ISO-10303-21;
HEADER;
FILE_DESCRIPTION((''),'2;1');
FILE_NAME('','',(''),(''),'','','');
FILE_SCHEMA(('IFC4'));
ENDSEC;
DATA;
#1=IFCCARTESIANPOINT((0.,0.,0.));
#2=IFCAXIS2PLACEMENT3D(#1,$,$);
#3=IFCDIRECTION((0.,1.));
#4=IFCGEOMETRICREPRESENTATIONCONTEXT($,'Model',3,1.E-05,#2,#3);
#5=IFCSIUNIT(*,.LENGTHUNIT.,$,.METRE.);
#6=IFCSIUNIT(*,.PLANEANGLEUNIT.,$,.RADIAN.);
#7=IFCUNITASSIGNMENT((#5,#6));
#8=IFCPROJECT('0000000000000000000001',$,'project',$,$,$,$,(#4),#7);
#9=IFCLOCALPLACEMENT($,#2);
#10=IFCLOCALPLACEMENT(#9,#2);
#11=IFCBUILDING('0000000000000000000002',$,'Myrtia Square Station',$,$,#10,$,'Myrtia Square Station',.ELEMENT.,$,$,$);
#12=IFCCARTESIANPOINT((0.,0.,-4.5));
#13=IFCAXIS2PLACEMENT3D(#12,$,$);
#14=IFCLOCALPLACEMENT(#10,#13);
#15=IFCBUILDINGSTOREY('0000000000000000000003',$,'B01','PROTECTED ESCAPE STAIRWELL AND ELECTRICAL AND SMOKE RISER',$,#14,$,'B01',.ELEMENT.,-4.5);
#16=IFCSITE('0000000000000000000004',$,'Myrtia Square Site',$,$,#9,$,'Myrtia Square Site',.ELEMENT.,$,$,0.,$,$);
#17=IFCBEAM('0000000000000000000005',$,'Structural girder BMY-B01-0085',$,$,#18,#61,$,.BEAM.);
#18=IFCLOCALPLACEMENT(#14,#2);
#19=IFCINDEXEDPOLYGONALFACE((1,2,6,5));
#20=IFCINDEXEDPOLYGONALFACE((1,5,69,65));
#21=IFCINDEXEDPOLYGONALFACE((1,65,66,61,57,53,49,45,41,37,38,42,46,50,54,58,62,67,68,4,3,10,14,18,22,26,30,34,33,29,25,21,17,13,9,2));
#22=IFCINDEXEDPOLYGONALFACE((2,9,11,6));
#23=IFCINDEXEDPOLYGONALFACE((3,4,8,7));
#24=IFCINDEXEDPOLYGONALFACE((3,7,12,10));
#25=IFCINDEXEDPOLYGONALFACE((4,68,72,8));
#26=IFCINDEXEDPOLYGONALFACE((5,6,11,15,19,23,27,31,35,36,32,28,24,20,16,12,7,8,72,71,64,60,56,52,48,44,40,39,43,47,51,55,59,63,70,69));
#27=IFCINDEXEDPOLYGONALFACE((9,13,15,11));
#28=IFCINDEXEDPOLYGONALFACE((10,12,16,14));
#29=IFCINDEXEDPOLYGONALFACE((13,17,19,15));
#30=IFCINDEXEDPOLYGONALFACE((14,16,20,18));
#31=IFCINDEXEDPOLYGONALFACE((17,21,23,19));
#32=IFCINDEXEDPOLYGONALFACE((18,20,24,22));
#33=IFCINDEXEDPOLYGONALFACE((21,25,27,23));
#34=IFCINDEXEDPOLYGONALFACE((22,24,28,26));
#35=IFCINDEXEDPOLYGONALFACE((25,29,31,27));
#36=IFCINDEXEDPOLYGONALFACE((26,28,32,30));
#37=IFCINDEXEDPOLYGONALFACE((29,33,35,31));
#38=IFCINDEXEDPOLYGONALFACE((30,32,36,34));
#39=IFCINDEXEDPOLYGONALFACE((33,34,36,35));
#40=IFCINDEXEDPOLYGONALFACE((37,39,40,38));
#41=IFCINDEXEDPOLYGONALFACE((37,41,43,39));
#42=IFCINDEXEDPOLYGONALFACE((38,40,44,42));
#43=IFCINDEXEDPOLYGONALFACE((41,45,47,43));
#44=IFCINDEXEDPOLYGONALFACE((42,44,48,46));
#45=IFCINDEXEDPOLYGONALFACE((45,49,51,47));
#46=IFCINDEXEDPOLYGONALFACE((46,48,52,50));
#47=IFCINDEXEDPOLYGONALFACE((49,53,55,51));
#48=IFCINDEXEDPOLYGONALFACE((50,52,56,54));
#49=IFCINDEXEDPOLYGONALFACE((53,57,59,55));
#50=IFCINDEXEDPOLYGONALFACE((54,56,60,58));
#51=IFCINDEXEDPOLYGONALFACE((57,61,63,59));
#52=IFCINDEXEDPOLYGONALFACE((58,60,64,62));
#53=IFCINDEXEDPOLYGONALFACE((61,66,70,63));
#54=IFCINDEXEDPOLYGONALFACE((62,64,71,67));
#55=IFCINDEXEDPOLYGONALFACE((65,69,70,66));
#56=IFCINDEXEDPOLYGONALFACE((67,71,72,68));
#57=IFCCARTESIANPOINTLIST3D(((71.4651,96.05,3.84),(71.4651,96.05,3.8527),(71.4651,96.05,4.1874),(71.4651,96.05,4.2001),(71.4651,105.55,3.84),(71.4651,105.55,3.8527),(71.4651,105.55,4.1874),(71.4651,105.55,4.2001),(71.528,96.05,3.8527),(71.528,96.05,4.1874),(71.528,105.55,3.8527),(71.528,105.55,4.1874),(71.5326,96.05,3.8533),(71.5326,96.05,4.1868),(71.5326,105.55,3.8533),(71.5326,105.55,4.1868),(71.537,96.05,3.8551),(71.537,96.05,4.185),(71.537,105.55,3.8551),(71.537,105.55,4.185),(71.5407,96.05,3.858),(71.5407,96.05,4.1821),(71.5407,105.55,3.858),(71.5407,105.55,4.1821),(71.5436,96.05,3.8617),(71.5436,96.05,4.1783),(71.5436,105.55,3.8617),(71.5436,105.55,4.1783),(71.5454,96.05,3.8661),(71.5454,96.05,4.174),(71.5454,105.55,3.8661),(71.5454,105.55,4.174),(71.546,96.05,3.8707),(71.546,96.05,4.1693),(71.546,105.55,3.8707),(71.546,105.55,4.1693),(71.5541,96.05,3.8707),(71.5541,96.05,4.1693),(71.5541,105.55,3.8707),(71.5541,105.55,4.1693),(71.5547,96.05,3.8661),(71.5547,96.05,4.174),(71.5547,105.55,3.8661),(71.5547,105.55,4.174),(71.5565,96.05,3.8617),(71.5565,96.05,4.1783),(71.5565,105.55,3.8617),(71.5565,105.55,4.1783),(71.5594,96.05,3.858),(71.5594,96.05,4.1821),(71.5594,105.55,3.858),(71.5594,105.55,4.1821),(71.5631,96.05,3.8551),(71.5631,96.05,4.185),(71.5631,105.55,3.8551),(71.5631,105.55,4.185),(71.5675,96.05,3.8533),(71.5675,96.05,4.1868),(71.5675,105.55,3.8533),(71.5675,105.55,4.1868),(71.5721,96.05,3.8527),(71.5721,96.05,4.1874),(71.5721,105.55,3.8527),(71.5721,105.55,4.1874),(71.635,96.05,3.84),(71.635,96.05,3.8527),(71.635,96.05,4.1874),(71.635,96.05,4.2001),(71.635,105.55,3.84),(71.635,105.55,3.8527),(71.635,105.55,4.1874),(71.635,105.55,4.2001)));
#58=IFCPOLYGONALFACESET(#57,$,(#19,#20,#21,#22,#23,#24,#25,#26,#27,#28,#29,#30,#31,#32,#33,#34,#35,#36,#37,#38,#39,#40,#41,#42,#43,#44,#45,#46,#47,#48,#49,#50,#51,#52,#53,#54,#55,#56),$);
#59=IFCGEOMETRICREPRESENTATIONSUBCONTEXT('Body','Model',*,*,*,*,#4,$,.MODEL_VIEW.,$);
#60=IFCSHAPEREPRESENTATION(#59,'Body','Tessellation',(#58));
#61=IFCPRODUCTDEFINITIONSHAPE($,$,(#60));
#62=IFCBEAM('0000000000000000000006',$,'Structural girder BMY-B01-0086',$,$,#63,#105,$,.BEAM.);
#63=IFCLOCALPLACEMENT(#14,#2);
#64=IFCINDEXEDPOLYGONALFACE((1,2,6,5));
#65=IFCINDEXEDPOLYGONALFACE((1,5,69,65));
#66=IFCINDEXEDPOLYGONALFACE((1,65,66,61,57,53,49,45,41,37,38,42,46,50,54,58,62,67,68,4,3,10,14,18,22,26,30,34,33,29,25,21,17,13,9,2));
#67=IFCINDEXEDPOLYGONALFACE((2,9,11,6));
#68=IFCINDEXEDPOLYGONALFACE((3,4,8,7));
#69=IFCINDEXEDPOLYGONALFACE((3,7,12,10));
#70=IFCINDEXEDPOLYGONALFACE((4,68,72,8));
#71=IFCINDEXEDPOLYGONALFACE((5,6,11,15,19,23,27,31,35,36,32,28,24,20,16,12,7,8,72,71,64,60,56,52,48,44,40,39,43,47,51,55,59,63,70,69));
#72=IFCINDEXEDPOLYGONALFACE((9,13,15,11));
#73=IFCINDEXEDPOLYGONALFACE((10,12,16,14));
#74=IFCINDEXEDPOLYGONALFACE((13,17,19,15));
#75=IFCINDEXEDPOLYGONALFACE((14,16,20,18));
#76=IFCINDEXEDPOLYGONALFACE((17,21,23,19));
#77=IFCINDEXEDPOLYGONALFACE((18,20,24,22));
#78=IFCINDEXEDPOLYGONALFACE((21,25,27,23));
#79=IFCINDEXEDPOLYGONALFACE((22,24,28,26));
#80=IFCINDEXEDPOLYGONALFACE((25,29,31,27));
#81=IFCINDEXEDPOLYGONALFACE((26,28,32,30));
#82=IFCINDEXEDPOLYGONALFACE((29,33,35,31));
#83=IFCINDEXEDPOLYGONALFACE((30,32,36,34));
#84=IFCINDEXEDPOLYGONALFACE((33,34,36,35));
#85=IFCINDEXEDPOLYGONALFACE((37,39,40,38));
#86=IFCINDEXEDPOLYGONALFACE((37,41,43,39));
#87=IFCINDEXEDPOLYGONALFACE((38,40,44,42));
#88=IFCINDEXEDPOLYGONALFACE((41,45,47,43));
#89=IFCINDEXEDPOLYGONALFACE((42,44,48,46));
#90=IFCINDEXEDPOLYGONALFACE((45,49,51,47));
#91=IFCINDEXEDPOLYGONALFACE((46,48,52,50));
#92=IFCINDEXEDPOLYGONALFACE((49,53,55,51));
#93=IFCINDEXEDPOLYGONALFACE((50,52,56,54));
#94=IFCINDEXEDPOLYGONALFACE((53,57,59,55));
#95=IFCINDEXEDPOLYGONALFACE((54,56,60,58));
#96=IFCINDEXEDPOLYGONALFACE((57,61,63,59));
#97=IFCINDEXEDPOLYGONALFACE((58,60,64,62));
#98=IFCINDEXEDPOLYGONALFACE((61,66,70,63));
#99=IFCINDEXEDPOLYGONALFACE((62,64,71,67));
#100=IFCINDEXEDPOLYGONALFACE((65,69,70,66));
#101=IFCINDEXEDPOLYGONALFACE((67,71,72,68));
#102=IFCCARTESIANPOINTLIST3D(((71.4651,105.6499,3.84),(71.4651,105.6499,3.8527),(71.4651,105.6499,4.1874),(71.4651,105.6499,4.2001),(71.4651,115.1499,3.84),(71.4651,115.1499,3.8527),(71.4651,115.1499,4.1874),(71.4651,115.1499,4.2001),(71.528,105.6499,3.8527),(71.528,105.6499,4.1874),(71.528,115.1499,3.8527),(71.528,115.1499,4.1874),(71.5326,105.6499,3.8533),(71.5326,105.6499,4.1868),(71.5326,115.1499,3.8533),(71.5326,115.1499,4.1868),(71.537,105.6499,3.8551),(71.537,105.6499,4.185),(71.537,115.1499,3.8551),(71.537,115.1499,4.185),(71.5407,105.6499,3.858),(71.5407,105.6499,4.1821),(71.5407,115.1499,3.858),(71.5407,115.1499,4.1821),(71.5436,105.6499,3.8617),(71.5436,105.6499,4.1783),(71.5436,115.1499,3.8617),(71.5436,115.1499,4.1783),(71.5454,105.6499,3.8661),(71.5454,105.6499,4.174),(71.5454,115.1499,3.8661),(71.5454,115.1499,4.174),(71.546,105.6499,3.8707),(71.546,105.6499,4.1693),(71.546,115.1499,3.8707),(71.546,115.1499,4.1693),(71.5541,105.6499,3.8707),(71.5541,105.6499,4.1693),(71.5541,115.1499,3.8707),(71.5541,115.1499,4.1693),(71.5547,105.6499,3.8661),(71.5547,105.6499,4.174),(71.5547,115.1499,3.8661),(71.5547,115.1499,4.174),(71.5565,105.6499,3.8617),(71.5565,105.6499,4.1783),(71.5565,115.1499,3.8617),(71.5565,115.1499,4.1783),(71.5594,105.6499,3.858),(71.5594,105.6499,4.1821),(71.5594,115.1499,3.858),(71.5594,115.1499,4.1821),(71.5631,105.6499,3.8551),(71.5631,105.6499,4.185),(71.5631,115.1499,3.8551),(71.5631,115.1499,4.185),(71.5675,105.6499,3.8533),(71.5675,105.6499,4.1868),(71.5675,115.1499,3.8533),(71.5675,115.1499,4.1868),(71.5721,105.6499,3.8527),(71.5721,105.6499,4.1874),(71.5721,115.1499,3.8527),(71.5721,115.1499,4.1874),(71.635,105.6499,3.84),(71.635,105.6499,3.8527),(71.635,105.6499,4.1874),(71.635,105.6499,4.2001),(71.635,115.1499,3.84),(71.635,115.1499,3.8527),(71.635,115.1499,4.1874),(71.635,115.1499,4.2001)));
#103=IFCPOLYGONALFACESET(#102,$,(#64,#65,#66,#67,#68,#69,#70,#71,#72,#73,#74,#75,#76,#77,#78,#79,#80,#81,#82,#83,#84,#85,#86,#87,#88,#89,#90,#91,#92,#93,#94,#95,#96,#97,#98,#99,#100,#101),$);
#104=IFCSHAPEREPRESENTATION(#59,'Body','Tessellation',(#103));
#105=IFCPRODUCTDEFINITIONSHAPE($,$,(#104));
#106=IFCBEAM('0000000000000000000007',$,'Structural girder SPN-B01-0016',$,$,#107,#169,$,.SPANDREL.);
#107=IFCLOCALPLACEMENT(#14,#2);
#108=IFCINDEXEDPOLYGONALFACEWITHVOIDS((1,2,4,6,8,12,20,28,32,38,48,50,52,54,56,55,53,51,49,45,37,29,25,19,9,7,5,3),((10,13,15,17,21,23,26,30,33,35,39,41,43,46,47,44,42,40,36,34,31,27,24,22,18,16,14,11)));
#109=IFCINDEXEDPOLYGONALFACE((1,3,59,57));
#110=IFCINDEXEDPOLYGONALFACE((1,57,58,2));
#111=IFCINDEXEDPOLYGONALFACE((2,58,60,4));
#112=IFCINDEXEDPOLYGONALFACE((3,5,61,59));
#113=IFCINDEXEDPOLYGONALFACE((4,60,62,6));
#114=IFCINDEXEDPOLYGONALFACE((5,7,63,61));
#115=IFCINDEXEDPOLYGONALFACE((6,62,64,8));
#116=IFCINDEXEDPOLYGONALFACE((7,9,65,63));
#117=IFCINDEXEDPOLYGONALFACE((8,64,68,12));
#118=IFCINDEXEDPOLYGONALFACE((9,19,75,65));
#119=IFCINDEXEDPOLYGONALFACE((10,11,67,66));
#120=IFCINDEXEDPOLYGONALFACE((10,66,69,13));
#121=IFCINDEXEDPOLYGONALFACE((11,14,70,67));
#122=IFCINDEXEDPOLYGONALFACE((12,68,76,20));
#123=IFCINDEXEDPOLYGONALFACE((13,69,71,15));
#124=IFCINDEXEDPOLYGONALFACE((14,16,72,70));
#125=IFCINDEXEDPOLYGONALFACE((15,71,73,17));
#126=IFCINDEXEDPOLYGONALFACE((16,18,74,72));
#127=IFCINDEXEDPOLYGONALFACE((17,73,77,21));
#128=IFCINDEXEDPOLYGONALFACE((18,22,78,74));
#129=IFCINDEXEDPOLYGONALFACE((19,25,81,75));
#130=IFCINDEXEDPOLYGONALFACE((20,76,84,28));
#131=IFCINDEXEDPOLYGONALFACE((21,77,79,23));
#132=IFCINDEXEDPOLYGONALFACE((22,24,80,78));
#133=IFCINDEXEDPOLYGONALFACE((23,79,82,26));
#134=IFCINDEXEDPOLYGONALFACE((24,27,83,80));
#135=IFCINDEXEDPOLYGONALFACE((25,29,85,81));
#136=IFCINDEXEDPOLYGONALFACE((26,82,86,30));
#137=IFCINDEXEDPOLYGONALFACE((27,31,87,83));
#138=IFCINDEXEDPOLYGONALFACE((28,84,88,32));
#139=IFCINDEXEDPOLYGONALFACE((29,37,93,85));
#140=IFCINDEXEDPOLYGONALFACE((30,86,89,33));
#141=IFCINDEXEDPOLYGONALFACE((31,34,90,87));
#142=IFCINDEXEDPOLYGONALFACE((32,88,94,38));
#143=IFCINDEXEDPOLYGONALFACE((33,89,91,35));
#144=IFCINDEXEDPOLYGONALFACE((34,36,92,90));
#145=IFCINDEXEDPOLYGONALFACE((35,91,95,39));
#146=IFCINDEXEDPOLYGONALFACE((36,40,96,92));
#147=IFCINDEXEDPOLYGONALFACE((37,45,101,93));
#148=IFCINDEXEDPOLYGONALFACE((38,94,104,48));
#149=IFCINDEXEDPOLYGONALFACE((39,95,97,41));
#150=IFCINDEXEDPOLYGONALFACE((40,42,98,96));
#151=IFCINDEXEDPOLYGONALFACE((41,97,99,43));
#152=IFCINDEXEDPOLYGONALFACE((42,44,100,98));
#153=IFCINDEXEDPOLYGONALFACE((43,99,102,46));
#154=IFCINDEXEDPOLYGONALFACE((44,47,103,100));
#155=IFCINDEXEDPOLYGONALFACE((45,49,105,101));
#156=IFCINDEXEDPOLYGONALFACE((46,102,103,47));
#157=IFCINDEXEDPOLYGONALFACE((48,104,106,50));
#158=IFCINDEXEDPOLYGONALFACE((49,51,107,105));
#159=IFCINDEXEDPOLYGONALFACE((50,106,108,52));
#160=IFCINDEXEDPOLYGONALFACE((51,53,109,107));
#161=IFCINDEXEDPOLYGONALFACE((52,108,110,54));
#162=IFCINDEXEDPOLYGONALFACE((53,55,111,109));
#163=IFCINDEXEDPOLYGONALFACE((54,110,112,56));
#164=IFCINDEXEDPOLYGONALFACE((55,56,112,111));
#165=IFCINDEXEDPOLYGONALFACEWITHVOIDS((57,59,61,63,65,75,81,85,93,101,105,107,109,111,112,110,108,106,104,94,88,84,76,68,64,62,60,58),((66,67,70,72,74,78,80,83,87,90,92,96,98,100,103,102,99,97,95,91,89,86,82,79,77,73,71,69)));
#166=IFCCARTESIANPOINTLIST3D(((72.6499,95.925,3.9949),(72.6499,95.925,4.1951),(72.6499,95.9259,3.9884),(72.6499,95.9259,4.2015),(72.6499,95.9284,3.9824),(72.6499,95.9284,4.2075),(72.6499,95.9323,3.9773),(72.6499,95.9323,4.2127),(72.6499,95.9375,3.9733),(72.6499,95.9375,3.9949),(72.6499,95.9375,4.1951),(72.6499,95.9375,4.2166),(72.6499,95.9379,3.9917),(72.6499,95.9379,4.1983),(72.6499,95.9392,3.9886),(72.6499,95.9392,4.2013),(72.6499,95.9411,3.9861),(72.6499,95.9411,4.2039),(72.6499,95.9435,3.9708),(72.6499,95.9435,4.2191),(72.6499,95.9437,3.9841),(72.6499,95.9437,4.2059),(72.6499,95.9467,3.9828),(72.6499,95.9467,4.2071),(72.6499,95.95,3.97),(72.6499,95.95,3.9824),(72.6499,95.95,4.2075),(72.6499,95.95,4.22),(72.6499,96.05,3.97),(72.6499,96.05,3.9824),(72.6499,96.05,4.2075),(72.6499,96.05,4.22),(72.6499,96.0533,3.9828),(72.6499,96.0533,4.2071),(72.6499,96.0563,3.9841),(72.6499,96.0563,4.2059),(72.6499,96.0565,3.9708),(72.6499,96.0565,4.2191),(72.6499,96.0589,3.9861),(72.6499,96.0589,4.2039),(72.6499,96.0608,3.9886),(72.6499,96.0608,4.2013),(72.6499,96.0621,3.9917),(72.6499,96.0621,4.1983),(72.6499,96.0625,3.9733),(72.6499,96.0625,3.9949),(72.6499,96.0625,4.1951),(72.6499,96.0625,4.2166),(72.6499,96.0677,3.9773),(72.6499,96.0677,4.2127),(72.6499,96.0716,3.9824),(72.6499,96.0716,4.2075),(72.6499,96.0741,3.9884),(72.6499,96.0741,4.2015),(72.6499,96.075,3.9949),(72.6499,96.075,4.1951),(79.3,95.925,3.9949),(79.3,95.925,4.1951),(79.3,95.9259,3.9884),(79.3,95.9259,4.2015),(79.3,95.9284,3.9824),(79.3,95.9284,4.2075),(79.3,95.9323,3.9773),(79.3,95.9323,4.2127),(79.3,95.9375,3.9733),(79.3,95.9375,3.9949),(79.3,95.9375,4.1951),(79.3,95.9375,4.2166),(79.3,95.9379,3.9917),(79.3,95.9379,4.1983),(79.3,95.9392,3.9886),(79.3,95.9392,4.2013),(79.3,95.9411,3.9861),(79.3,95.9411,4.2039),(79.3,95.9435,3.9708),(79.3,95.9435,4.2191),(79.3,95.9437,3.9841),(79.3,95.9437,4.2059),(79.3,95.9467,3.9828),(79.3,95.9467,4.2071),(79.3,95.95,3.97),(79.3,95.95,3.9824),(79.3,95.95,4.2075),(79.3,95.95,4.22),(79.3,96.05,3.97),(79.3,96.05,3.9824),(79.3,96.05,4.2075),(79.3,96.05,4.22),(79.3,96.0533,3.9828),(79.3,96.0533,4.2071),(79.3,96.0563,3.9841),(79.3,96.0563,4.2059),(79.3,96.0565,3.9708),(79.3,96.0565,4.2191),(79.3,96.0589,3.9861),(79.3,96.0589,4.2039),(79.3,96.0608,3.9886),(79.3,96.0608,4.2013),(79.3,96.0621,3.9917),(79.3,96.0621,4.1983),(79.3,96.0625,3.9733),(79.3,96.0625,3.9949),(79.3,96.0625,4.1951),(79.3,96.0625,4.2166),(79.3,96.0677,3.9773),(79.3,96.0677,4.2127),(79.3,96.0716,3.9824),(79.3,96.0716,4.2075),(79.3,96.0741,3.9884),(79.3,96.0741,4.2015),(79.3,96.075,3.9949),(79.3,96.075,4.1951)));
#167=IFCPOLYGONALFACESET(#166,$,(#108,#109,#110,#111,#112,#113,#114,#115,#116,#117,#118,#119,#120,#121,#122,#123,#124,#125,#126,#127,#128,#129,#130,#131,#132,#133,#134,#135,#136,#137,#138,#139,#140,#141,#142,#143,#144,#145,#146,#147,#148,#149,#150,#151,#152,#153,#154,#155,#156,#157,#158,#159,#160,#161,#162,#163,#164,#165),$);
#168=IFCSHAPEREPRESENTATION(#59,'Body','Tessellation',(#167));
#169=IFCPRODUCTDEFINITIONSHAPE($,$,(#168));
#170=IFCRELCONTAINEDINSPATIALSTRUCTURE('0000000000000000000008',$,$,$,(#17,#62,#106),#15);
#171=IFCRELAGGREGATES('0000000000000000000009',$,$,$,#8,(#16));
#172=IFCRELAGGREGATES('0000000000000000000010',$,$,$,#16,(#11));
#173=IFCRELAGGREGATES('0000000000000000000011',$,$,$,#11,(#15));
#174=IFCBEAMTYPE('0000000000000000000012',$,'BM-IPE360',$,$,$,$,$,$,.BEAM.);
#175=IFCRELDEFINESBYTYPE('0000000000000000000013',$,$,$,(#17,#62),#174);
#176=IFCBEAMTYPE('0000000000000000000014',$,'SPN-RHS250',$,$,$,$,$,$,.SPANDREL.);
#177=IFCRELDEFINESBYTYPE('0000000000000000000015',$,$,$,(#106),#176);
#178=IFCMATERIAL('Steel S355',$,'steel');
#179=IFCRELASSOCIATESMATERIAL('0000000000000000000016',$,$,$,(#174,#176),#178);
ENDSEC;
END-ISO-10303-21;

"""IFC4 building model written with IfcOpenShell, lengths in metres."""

from ifc_helpers import new_model, si_unit, direction, frame, origin, origin_2d, place, context, subcontext, project, spatial, hollow_rectangle, i_section, extrude, material, material_profile, profile_set, type_object, element, save


model = new_model("IFC4")

# Units and contexts
model_context = context("Model", 3, precision=1e-05, world=origin(), true_north=direction((0.0, 1.0)))
body_context = subcontext(model_context, "Body", "Model", "MODEL_VIEW")
ifc_project = project(units=[si_unit("LENGTHUNIT", "METRE"), si_unit("PLANEANGLEUNIT", "RADIAN")], contexts=[model_context])

# Site, building, storey
site_placement = place(None, origin())
site = spatial("IfcSite", under=ifc_project, at=site_placement, Name="Myrtia Square Site", LongName="Myrtia Square Site", CompositionType="ELEMENT", RefElevation=0.0)
building_placement = place(site_placement, origin())
building = spatial("IfcBuilding", under=site, at=building_placement, Name="Myrtia Square Station", LongName="Myrtia Square Station", CompositionType="ELEMENT")
storey_placement = place(building_placement, frame((0.0, 0.0, -4.5)))
storey = spatial("IfcBuildingStorey", under=building, at=storey_placement, Name="B01", Description="PROTECTED ESCAPE STAIRWELL AND ELECTRICAL AND SMOKE RISER", LongName="B01", CompositionType="ELEMENT", Elevation=-4.5)

# Shared definitions
ifc_material_1 = material(Name="Steel S355", Category="steel")

# Beams
ifc_material_profile_1 = material_profile(ifc_material_1, i_section(OverallWidth=0.1699, OverallDepth=0.3601, WebThickness=0.0081, FlangeThickness=0.0127, FilletRadius=0.0181, at=origin_2d()), Name="IPE 360")
ifc_profile_set_1 = profile_set([ifc_material_profile_1], Name="Steel S355")
beam_type_1 = type_object("IfcBeamType", Name="BM-IPE360", PredefinedType="BEAM", material=ifc_profile_set_1)
for number, where, z_axis, x_axis, name in (
    (1, (71.55, 96.05, 4.02), (0.0, 1.0, 0.0), (-1.0, 0.0, 0.0), "Structural girder BMY-B01-0085"),
    (2, (71.55, 105.6499, 4.02), (0.0, 1.0, 0.0), (-1.0, 0.0, 0.0), "Structural girder BMY-B01-0086"),
):
    element("IfcBeam", number, at=place(storey_placement, frame(where, z_axis=z_axis, x_axis=x_axis)), inside=storey, type_object=beam_type_1, Name=name, PredefinedType="BEAM", context=body_context, shape_type="SweptSolid", body=[
        extrude(i_section(OverallWidth=0.1699, OverallDepth=0.3601, WebThickness=0.0081, FlangeThickness=0.0127, FilletRadius=0.0181, at=origin_2d()), origin(), (0.0, 0.0, 1.0), 9.5),
    ])
ifc_material_profile_2 = material_profile(ifc_material_1, hollow_rectangle(XDim=0.1499, YDim=0.25, WallThickness=0.0125, InnerFilletRadius=0.0125, OuterFilletRadius=0.0249, at=origin_2d()), Name="RHS 250x150x12.5")
ifc_profile_set_2 = profile_set([ifc_material_profile_2], Name="Steel S355")
beam_type_2 = type_object("IfcBeamType", Name="SPN-RHS250", PredefinedType="SPANDREL", material=ifc_profile_set_2)
beam_1_placement = place(storey_placement, frame((72.6499, 96.0, 4.095), z_axis=(1.0, 0.0, 0.0), x_axis=(0.0, 1.0, 0.0)))
element("IfcBeam", 3, at=beam_1_placement, inside=storey, type_object=beam_type_2, Name="Structural girder SPN-B01-0016", PredefinedType="SPANDREL", context=body_context, shape_type="SweptSolid", body=[
    extrude(hollow_rectangle(XDim=0.1499, YDim=0.25, WallThickness=0.0125, InnerFilletRadius=0.0125, OuterFilletRadius=0.0249, at=origin_2d()), origin(), (0.0, 0.0, 1.0), 6.6501),
])

save(model, "model.ifc")
